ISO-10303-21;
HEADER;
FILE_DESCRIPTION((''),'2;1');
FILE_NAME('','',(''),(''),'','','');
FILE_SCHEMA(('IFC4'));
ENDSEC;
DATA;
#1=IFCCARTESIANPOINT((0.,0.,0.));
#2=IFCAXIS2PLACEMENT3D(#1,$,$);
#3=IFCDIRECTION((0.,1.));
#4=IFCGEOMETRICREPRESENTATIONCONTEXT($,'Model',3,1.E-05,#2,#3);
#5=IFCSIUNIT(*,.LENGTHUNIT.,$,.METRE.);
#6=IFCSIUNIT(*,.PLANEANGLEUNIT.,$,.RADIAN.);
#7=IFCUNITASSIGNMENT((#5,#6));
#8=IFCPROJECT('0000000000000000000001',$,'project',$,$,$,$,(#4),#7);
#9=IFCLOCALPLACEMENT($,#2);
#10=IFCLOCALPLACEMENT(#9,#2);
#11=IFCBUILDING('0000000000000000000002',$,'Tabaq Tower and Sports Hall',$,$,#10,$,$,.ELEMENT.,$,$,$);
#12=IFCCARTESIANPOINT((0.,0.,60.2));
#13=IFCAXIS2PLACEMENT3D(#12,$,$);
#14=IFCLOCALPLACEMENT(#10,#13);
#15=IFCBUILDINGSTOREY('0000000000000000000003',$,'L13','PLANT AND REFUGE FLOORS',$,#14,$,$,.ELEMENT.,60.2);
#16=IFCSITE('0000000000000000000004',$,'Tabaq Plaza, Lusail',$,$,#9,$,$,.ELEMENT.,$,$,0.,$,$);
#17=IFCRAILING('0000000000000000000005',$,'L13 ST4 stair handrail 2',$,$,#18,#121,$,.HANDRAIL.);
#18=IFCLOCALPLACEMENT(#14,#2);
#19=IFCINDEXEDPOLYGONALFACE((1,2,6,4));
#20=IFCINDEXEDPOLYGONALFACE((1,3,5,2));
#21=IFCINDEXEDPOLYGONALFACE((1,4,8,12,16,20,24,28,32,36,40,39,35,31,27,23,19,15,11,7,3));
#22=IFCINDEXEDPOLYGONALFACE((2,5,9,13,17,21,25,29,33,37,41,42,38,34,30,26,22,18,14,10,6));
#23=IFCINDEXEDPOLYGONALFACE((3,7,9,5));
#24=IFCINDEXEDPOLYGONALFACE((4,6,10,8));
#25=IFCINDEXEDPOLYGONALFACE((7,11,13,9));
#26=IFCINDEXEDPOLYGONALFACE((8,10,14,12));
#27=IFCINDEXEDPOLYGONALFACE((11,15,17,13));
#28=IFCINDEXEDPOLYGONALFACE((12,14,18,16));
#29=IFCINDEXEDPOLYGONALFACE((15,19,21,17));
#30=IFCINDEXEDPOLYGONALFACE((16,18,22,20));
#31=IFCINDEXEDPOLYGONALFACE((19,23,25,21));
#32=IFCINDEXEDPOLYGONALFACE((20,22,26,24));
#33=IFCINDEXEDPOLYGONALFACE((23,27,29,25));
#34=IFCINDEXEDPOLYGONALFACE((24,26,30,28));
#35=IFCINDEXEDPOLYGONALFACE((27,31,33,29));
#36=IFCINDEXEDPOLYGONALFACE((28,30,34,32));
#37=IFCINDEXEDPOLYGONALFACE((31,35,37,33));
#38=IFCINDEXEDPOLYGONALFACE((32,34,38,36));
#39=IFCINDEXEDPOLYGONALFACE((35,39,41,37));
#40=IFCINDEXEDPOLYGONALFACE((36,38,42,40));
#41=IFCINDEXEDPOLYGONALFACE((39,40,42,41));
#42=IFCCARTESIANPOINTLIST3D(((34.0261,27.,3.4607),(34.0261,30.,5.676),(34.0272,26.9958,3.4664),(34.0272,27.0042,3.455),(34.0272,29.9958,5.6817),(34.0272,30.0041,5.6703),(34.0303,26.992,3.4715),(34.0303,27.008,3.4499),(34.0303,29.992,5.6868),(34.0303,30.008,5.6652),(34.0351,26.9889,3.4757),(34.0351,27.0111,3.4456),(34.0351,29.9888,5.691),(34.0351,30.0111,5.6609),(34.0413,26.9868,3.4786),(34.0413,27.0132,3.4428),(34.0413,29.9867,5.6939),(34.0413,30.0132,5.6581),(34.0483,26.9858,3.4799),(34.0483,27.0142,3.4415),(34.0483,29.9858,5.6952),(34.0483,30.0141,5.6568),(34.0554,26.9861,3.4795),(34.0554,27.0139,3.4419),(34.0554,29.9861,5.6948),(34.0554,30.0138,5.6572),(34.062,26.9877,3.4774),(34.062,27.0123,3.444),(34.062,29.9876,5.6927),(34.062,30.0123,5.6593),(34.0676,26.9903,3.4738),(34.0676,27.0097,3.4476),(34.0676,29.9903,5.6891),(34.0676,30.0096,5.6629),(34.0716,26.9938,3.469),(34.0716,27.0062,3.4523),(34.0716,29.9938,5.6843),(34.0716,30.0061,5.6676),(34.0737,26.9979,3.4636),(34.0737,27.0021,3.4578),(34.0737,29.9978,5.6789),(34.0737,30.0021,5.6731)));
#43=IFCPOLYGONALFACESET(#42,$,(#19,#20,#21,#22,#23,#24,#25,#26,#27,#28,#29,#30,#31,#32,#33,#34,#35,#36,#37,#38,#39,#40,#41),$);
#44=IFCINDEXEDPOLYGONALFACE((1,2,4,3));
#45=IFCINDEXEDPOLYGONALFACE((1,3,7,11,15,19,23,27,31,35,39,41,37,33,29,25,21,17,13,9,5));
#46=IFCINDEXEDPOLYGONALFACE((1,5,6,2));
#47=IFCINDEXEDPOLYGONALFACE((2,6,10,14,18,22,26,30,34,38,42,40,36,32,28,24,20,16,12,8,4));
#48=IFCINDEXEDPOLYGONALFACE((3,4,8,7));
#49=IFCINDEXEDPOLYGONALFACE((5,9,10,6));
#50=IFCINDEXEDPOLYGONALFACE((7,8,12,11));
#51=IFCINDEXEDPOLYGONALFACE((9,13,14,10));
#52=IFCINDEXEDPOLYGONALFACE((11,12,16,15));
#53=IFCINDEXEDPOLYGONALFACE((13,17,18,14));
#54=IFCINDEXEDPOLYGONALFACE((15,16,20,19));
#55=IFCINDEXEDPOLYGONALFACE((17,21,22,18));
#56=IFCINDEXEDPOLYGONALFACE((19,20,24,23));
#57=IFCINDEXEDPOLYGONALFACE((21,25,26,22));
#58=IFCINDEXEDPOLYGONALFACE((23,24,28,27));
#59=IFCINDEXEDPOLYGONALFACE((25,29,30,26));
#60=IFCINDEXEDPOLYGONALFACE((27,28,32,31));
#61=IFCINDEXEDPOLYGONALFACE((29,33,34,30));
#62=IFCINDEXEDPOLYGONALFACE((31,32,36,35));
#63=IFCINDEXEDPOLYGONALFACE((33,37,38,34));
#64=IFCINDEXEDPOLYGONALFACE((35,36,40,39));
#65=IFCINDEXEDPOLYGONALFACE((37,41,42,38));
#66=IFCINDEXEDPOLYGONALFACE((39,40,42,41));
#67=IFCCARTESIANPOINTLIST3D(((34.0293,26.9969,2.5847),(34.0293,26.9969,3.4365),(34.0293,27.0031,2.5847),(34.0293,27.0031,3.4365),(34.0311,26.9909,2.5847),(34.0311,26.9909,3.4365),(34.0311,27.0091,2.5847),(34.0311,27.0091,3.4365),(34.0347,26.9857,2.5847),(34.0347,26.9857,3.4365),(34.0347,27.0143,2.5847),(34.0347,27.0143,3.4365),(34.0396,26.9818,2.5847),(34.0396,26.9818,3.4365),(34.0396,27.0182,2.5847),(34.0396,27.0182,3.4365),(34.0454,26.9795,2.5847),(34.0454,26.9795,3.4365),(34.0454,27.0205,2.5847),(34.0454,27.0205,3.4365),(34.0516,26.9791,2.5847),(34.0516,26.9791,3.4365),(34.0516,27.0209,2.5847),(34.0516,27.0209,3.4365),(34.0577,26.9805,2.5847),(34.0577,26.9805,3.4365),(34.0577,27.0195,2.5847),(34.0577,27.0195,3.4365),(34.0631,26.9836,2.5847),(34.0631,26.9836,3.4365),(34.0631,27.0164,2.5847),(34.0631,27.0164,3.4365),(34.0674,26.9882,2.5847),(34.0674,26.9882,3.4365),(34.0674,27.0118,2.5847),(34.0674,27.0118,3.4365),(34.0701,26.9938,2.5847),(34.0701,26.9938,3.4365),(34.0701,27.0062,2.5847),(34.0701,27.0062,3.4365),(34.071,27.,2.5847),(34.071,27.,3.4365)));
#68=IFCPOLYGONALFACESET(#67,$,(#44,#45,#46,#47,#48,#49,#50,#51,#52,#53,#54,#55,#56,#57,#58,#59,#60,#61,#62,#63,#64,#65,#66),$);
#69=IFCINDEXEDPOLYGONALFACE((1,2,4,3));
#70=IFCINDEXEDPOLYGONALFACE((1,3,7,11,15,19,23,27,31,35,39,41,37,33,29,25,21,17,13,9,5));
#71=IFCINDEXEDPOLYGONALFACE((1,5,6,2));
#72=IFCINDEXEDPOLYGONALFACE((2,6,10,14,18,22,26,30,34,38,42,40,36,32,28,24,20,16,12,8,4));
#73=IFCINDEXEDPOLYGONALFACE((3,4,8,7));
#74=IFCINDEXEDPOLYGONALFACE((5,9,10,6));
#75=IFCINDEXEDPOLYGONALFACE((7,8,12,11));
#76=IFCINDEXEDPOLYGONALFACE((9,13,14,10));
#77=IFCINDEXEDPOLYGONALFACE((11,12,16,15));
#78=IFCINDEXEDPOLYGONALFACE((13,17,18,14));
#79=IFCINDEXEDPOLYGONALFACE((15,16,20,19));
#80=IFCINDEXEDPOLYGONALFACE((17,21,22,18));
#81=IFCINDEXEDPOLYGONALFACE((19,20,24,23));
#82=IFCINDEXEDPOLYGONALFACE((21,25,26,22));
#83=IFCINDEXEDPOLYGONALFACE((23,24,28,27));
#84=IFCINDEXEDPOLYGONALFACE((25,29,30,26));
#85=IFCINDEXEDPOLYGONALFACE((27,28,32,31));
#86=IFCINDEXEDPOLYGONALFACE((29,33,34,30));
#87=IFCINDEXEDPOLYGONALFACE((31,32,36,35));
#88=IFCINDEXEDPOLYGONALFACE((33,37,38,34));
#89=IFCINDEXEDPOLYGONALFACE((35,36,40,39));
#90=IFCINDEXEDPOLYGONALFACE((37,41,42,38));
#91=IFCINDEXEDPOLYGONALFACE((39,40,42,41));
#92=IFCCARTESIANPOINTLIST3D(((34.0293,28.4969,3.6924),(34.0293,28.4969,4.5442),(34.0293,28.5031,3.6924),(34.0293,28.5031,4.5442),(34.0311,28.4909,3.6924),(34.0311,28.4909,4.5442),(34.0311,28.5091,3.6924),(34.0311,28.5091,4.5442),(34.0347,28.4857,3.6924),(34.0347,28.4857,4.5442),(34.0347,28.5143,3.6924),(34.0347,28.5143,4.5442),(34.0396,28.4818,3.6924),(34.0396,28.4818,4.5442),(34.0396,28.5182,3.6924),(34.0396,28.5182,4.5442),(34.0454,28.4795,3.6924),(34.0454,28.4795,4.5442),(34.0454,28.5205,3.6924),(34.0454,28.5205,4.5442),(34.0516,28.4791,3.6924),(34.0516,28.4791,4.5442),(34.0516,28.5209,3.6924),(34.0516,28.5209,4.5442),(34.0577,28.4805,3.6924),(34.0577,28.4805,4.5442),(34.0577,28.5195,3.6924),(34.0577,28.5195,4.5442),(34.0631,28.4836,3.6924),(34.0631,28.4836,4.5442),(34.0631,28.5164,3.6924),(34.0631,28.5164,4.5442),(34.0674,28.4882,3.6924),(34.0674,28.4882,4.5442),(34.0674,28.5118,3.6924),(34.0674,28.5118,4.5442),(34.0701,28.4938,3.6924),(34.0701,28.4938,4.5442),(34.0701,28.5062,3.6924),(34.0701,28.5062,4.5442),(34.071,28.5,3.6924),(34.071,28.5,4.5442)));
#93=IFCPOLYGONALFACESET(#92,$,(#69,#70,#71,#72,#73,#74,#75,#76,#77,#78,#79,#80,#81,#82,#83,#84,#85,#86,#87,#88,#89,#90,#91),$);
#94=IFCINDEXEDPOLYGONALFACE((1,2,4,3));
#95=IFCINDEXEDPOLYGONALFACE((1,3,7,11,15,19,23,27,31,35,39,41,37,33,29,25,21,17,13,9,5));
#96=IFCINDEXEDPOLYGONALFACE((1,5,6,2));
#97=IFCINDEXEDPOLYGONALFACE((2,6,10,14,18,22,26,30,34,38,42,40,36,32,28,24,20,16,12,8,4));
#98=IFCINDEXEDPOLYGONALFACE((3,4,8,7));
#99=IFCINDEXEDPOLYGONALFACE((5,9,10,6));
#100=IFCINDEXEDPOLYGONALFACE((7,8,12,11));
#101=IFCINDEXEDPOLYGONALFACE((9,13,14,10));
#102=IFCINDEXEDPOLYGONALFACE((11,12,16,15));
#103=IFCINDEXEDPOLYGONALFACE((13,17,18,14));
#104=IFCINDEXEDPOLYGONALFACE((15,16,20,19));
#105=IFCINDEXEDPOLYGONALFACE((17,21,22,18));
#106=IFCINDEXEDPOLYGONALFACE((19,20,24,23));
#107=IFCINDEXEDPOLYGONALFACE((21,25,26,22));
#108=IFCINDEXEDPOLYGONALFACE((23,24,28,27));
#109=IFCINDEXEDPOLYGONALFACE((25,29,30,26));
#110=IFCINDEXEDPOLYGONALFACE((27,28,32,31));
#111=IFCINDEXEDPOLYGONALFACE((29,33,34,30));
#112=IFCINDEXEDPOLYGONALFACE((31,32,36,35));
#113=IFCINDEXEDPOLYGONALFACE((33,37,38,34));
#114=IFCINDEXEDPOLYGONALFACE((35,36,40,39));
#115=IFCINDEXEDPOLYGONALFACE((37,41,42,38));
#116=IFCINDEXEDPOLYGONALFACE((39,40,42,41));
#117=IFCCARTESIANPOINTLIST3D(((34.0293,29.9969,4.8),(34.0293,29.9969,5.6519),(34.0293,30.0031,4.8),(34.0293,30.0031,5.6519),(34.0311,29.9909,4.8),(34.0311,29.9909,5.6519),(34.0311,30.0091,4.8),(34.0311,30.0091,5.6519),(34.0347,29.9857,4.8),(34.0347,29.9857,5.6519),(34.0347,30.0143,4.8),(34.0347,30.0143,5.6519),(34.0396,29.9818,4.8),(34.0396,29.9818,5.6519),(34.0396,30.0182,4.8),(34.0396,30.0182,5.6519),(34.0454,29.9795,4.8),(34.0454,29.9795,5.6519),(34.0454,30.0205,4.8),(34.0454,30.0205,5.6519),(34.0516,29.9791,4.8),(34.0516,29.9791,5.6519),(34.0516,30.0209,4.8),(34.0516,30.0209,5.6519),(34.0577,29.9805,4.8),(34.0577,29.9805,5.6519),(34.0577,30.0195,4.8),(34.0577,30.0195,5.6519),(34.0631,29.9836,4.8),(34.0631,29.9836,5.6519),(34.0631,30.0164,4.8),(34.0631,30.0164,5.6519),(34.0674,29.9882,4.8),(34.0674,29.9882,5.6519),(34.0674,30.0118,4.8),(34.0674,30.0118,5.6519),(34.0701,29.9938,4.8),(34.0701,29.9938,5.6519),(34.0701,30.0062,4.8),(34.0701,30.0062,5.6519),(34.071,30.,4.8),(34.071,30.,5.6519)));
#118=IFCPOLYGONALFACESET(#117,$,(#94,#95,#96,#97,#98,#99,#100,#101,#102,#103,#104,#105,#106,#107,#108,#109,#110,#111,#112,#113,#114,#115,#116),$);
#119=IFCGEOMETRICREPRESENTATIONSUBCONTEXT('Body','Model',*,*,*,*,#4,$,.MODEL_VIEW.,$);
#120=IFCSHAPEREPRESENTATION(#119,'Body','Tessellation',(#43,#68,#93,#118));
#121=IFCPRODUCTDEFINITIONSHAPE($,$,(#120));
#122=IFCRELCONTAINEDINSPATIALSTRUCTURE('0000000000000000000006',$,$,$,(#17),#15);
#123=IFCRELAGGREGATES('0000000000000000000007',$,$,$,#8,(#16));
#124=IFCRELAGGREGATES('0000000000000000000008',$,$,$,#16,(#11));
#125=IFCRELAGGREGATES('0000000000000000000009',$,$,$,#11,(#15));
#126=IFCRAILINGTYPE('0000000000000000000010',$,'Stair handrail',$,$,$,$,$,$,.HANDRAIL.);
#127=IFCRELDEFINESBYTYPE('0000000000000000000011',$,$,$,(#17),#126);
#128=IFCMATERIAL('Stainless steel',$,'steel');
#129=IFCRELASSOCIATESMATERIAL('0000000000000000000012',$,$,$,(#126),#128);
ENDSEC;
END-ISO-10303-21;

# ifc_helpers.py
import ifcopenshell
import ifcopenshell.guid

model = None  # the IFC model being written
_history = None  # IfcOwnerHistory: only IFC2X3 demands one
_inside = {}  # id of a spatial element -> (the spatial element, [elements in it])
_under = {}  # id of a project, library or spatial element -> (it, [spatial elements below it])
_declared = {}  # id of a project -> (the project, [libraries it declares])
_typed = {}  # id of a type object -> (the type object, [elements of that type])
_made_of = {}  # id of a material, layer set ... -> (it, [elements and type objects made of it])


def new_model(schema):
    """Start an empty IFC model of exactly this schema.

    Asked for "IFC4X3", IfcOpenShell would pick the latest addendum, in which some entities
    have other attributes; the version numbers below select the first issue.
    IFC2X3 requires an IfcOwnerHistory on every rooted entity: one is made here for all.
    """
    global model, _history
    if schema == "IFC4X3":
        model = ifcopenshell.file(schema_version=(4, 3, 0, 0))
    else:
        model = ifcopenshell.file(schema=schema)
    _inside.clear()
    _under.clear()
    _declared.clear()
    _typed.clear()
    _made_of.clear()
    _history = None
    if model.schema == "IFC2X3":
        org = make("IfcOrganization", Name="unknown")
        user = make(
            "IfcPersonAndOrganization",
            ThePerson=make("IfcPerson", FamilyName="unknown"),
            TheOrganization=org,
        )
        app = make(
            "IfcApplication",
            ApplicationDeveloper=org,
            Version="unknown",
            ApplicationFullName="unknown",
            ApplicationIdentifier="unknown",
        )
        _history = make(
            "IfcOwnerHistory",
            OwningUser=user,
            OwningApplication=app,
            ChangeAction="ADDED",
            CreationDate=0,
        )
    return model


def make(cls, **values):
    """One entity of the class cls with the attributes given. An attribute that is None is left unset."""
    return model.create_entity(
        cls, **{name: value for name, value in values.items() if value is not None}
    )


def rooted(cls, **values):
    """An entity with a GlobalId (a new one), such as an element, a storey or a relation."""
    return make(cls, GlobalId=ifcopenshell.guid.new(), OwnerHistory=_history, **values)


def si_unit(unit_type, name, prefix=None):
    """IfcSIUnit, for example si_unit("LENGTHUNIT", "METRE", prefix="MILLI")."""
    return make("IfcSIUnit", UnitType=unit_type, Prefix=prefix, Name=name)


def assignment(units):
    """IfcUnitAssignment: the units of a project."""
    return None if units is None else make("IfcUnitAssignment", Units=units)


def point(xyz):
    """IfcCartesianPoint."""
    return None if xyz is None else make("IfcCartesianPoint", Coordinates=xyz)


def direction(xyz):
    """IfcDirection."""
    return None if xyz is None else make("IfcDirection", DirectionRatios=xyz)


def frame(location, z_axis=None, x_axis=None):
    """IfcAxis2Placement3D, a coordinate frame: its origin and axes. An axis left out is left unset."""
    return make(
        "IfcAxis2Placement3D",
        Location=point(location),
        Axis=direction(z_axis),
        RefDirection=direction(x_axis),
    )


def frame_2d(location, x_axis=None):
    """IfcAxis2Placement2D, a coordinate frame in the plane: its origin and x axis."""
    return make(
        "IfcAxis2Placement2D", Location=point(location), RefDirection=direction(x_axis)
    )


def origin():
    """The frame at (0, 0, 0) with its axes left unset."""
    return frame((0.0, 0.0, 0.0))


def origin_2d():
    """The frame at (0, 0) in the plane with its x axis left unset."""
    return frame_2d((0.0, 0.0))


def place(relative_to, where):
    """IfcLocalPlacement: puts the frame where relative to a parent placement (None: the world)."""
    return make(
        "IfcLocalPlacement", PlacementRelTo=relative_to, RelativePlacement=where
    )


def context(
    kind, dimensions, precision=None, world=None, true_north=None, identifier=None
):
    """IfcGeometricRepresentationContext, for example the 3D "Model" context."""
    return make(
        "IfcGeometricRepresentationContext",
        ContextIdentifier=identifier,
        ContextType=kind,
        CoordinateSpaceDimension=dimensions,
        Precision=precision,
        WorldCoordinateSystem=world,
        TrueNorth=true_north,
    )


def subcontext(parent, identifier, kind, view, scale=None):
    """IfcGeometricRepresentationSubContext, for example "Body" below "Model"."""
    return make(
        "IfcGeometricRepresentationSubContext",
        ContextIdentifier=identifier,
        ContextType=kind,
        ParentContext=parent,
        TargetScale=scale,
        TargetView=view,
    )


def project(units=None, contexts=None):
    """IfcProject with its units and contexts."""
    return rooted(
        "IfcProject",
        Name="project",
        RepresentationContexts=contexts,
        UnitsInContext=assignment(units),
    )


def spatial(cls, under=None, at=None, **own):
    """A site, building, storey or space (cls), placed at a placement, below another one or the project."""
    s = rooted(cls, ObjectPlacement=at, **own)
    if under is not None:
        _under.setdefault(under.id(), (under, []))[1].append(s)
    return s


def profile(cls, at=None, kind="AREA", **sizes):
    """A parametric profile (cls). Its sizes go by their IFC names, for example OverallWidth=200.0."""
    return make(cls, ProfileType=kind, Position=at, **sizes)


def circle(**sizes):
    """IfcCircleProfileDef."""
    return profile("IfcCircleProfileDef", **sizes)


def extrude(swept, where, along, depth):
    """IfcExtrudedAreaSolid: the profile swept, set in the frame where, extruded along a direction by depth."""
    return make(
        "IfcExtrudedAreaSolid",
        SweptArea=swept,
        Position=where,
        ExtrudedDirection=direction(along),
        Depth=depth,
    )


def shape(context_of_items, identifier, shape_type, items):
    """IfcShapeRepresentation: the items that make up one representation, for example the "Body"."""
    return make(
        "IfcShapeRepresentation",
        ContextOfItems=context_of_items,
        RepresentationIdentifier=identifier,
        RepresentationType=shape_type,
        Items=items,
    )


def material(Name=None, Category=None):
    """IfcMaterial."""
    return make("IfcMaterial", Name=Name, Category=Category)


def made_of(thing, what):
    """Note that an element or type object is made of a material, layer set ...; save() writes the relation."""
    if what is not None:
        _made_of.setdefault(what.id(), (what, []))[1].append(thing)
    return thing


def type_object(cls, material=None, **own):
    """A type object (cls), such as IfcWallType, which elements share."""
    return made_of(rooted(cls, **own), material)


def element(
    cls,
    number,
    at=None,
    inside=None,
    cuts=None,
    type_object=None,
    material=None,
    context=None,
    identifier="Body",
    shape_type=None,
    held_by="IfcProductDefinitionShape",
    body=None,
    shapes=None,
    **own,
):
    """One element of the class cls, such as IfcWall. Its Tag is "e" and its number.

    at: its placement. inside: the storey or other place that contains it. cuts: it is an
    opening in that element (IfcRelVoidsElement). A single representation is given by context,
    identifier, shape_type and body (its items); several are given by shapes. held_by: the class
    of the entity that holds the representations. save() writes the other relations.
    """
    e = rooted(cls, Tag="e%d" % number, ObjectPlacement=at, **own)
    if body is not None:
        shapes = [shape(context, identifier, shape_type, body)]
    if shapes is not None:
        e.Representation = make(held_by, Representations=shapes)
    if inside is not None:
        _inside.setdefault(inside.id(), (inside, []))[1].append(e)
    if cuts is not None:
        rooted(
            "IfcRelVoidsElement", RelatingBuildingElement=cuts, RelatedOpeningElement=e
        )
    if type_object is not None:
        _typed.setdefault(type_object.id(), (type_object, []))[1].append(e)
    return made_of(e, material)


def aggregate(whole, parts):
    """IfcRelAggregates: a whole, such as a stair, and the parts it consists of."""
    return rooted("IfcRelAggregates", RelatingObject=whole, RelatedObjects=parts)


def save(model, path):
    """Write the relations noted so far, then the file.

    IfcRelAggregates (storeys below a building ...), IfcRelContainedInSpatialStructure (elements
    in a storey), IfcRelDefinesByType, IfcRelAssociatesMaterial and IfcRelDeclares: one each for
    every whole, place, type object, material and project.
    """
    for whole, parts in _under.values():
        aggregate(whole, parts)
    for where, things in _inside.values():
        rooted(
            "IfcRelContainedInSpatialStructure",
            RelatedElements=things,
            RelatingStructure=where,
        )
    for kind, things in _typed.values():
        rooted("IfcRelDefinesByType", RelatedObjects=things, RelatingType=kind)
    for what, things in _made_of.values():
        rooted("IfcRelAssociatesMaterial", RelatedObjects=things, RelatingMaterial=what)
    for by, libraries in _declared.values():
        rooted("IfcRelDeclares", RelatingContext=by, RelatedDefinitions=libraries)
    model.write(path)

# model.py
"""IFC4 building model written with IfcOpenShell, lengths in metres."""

from ifc_helpers import new_model, si_unit, direction, frame, origin, origin_2d, place, context, subcontext, project, spatial, circle, extrude, material, type_object, element, save


model = new_model("IFC4")

# Units and contexts
model_context = context("Model", 3, precision=1e-05, world=origin(), true_north=direction((0.0, 1.0)))
body_context = subcontext(model_context, "Body", "Model", "MODEL_VIEW")
ifc_project = project(units=[si_unit("LENGTHUNIT", "METRE"), si_unit("PLANEANGLEUNIT", "RADIAN")], contexts=[model_context])

# Site, building, storey
site_placement = place(None, origin())
site = spatial("IfcSite", under=ifc_project, at=site_placement, Name="Tabaq Plaza, Lusail", CompositionType="ELEMENT", RefElevation=0.0)
building_placement = place(site_placement, origin())
building = spatial("IfcBuilding", under=site, at=building_placement, Name="Tabaq Tower and Sports Hall", CompositionType="ELEMENT")
storey_placement = place(building_placement, frame((0.0, 0.0, 60.2)))
storey = spatial("IfcBuildingStorey", under=building, at=storey_placement, Name="L13", Description="PLANT AND REFUGE FLOORS", CompositionType="ELEMENT", Elevation=60.2)

# Railing
ifc_material_1 = material(Name="Stainless steel", Category="steel")
railing_type_1 = type_object("IfcRailingType", Name="Stair handrail", PredefinedType="HANDRAIL", material=ifc_material_1)
railing_1_placement = place(storey_placement, frame((34.05, 27.0, 2.5847)))
element("IfcRailing", 1, at=railing_1_placement, inside=storey, type_object=railing_type_1, Name="L13 ST4 stair handrail 2", PredefinedType="HANDRAIL", context=body_context, shape_type="SweptSolid", body=[
    extrude(circle(Radius=0.0239, at=origin_2d()), frame((0.0, 0.0, 0.876), z_axis=(0.0, 0.80444, 0.594034), x_axis=(-1.0, 0.0, 0.0)), (0.0, 0.0, 1.0), 3.7292),
    extrude(circle(Radius=0.021, at=origin_2d()), origin(), (0.0, 0.0, 1.0), 0.8518),
    extrude(circle(Radius=0.021, at=origin_2d()), frame((0.0, 1.5, 1.1077)), (0.0, 0.0, 1.0), 0.8518),
    extrude(circle(Radius=0.021, at=origin_2d()), frame((0.0, 3.0, 2.2153)), (0.0, 0.0, 1.0), 0.8518),
])

save(model, "model.ifc")
